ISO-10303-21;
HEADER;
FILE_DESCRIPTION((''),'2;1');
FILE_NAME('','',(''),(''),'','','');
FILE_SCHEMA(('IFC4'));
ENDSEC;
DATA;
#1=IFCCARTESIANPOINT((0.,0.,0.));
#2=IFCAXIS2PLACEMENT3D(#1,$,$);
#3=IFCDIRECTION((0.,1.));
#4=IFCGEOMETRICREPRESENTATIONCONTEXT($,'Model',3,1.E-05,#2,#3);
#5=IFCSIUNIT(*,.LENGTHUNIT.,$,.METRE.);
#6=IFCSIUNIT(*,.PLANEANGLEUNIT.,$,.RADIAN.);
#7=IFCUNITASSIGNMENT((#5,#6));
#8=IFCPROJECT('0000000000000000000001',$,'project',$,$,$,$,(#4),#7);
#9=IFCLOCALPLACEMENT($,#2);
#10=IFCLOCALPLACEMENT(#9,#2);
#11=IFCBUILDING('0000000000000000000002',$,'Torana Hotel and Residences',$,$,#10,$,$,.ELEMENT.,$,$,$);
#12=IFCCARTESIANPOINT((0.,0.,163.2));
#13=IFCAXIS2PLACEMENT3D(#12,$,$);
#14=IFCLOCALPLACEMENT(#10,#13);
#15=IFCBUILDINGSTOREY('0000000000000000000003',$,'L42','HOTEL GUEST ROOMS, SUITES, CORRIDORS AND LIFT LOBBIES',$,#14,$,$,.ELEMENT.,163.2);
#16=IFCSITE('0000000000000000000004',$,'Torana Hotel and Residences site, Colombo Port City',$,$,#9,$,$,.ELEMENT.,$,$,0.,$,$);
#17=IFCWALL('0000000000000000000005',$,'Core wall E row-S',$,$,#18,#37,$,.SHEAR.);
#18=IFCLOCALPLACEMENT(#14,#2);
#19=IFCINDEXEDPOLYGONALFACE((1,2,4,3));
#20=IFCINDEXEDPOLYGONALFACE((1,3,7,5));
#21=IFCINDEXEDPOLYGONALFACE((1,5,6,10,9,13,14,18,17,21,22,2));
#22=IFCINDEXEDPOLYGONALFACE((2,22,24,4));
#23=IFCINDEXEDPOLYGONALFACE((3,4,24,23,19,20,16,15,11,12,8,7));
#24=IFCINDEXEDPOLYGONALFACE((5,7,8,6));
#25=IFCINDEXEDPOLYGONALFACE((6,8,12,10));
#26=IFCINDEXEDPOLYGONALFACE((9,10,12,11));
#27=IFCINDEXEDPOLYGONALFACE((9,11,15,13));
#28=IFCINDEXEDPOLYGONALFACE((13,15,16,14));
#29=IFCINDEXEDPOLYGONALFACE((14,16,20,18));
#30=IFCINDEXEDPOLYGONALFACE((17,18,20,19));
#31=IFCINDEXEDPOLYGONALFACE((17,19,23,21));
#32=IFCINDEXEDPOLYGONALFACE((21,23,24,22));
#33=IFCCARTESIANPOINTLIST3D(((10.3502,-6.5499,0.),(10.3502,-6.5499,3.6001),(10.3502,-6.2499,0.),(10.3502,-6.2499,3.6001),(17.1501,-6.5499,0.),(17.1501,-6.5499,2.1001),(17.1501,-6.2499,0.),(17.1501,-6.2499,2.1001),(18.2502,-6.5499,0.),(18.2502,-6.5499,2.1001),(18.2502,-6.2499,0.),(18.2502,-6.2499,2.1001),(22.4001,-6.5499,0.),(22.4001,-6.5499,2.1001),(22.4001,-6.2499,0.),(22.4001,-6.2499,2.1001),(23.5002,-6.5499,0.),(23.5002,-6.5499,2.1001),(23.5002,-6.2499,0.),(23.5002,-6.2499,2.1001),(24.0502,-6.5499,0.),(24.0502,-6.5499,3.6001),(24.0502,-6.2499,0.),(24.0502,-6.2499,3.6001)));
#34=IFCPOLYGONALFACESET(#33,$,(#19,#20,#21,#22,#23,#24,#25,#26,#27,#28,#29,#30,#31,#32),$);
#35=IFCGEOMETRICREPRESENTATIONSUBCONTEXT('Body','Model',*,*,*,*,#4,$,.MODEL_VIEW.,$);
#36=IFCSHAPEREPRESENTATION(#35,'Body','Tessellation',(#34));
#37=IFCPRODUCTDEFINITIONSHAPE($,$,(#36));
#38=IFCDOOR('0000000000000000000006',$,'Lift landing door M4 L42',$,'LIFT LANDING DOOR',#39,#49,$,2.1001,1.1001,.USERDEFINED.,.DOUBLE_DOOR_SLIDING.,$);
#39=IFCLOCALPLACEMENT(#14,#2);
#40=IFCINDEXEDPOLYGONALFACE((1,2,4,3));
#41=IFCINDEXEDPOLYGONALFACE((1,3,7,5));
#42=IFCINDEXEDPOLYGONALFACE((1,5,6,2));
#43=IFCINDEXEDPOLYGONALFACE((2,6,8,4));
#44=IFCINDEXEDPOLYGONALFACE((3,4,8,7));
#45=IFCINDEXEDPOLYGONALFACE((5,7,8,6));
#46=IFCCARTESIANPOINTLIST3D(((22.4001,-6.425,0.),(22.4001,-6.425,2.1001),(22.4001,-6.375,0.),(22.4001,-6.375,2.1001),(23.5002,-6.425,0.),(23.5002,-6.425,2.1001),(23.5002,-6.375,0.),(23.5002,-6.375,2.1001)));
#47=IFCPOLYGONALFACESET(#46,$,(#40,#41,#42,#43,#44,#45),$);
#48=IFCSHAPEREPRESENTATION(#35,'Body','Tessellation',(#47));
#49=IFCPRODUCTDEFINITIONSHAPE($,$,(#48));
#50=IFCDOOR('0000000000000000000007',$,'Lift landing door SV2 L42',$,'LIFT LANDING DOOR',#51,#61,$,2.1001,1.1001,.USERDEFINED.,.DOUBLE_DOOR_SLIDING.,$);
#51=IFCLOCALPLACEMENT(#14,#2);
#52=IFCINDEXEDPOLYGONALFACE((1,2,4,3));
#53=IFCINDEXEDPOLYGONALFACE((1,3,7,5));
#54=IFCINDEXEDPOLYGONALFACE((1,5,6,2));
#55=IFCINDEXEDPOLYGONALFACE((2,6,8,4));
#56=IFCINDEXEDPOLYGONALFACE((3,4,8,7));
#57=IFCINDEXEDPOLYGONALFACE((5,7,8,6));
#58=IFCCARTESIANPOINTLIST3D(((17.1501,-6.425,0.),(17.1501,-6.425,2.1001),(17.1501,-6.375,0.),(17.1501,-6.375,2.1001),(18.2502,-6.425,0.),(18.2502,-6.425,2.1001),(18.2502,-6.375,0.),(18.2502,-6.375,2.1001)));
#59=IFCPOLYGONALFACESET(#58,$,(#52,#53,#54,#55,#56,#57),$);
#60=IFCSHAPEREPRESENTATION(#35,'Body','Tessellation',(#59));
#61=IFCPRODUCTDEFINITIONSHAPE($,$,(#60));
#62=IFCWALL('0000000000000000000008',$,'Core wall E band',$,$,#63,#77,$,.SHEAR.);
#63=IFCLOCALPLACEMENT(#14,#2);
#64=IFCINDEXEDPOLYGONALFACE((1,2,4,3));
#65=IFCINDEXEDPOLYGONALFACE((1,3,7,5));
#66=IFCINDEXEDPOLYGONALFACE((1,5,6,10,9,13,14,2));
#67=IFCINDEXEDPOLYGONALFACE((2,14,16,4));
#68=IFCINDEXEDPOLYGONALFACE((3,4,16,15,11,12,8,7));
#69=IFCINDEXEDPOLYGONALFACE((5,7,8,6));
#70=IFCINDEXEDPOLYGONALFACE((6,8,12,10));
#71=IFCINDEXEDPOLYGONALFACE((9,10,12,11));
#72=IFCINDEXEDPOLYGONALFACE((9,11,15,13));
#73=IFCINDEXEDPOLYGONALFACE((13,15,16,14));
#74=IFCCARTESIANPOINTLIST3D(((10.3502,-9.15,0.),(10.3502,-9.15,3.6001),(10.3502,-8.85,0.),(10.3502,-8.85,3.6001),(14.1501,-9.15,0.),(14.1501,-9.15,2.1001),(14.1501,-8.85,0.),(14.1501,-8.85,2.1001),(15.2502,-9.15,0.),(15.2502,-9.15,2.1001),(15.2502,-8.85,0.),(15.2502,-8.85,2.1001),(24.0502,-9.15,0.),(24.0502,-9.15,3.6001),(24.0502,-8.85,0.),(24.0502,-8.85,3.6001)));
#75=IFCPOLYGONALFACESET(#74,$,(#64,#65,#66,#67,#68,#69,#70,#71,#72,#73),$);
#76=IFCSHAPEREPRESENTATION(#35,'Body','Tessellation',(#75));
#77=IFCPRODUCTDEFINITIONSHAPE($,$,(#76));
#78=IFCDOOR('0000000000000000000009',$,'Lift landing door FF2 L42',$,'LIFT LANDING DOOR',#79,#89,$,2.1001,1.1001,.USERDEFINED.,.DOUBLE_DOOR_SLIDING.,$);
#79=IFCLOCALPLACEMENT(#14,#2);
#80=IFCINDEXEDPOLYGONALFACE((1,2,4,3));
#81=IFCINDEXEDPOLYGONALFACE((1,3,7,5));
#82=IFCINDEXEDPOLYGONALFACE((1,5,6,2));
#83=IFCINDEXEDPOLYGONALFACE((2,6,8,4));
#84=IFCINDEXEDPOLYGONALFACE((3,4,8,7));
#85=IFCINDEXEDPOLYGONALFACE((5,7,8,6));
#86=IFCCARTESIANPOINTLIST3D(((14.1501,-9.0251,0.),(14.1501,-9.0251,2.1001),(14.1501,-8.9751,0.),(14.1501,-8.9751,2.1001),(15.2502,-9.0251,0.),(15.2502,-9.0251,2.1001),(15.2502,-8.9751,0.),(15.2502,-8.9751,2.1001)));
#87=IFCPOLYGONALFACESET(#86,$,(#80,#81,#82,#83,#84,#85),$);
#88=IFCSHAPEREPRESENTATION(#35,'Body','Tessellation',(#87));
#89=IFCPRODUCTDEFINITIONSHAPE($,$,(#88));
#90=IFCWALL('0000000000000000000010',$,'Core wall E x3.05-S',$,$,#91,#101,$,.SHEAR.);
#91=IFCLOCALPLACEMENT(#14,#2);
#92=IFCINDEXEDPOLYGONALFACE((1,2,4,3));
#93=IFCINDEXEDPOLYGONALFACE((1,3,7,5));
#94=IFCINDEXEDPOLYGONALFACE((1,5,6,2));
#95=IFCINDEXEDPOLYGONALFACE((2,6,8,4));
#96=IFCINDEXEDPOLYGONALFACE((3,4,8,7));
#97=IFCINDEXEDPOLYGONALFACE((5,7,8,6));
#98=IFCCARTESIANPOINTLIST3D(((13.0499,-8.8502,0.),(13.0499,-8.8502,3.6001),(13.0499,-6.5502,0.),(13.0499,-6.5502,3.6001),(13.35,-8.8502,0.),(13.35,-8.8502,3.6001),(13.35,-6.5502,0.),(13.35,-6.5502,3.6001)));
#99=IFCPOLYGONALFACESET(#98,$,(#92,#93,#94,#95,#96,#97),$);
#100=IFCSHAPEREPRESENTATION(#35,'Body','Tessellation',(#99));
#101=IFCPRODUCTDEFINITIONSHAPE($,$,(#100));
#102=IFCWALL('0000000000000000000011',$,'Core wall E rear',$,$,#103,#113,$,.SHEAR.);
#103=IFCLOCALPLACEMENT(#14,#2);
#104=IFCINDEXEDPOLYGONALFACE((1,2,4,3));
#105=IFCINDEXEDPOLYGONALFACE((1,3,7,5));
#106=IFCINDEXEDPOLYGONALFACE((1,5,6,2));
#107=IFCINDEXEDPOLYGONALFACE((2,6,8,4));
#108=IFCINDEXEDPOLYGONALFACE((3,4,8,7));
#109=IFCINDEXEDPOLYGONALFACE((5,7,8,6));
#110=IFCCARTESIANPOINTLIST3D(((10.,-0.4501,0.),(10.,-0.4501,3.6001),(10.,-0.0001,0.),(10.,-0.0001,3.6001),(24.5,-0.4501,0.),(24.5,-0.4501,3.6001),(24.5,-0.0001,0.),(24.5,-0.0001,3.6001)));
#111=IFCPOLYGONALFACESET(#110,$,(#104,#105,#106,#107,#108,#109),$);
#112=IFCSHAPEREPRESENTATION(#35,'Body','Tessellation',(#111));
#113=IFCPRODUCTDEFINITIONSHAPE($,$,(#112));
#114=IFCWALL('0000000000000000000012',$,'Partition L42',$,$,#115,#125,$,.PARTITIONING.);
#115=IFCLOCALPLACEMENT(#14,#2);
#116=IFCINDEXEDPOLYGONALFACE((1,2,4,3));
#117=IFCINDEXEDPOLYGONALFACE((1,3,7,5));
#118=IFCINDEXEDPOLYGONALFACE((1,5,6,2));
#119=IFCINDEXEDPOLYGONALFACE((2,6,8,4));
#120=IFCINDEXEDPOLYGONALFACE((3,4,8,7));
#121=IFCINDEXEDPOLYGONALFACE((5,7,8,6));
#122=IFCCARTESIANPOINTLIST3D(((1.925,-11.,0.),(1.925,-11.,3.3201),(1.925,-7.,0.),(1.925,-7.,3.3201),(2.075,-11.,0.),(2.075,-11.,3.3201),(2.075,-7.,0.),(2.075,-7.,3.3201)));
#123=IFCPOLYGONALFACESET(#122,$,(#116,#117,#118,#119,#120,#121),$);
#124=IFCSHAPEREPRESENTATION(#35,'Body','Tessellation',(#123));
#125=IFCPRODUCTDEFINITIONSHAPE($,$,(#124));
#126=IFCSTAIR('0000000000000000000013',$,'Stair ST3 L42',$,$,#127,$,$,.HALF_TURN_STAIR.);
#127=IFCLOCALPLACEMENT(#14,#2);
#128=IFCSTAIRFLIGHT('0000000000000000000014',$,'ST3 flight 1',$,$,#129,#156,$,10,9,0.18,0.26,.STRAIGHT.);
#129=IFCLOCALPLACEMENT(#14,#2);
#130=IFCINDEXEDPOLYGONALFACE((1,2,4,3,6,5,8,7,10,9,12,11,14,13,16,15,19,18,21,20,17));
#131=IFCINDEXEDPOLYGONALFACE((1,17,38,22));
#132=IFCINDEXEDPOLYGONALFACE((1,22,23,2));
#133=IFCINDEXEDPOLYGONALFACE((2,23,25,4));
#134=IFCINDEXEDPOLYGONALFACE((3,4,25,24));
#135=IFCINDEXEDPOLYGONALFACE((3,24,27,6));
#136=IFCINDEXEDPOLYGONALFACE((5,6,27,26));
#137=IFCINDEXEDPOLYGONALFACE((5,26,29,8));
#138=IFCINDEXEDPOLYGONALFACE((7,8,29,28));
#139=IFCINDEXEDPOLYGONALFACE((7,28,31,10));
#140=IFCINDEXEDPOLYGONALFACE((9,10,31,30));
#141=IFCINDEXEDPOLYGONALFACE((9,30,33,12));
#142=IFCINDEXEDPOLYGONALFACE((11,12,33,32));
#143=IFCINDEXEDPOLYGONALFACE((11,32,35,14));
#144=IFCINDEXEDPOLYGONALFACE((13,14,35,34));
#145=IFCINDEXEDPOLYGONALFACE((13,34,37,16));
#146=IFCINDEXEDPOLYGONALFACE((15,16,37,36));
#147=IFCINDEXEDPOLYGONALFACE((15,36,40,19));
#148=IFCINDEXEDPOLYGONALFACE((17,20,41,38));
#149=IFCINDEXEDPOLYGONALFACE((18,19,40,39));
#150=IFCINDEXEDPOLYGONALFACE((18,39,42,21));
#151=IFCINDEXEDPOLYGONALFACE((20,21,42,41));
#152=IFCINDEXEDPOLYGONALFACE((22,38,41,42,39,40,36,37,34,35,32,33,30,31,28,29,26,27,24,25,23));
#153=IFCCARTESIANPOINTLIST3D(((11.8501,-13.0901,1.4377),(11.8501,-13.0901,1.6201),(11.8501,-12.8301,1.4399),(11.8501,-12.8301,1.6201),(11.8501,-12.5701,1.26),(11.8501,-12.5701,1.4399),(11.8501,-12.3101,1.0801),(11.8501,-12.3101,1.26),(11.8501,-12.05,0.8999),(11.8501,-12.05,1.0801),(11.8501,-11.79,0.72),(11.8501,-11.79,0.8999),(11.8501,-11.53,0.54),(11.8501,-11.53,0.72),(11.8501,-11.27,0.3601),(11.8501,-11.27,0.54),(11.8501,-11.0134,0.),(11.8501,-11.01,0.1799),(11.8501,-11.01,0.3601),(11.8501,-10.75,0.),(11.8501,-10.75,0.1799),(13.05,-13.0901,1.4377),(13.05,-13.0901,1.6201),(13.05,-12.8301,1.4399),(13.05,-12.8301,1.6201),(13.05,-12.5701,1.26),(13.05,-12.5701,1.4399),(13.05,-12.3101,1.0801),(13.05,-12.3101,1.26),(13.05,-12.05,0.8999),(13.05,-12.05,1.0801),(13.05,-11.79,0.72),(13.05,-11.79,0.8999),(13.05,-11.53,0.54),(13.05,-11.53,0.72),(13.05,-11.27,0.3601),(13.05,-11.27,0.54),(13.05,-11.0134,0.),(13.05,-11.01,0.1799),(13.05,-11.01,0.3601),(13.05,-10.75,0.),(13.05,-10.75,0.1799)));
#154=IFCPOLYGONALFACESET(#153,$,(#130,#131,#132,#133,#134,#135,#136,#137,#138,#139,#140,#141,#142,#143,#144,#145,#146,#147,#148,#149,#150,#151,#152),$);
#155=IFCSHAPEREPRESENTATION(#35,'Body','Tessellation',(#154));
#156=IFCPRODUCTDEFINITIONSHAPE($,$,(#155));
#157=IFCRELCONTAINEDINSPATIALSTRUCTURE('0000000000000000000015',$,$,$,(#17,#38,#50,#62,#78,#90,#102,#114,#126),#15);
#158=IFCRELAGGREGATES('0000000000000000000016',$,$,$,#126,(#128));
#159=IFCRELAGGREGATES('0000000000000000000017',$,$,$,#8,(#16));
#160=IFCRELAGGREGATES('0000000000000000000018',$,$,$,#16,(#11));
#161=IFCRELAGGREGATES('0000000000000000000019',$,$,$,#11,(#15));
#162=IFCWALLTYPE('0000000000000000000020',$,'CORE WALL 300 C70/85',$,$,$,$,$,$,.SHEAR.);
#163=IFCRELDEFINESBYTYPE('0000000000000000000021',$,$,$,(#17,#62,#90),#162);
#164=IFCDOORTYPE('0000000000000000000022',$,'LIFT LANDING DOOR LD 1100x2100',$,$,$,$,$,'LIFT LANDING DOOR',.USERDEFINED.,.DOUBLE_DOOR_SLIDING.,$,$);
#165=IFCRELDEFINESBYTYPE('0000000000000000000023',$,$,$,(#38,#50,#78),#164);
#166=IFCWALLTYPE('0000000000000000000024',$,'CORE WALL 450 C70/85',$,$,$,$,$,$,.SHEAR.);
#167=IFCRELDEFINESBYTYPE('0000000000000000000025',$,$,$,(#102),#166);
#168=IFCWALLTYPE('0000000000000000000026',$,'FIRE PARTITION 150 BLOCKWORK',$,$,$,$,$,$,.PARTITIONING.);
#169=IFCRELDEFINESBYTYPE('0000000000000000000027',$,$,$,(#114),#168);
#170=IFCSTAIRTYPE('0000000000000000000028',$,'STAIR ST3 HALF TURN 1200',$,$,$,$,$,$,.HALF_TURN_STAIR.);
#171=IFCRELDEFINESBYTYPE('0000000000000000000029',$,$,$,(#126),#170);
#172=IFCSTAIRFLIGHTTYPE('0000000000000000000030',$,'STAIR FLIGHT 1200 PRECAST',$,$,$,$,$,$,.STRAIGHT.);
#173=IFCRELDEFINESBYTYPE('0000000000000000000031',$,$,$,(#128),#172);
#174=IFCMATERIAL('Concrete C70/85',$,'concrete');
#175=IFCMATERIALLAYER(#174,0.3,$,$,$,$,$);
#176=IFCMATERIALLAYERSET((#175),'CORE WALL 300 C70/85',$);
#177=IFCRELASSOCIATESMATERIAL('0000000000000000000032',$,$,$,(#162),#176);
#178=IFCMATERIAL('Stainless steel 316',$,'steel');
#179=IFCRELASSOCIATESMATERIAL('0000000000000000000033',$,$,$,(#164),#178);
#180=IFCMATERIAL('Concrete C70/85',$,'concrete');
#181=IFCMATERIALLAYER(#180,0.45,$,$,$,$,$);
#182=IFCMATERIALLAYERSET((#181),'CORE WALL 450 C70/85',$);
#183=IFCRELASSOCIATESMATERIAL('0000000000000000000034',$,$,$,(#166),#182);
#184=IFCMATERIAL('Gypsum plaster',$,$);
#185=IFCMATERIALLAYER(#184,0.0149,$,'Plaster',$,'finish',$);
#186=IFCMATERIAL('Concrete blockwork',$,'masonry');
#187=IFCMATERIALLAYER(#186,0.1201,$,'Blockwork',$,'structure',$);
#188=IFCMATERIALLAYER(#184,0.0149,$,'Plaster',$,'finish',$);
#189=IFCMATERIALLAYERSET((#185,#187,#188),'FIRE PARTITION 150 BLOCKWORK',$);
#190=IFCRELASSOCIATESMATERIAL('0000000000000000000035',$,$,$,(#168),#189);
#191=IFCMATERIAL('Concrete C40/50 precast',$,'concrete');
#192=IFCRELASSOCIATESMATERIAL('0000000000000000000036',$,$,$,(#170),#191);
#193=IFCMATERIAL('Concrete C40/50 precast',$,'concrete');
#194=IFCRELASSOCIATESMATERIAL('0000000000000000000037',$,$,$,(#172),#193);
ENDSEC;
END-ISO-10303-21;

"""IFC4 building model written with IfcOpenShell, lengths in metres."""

from ifc_helpers import new_model, si_unit, direction, frame, frame_2d, origin, place, context, subcontext, project, spatial, polyline, rectangle, outline, extrude, material, layer, layer_set, type_object, element, fill, aggregate, save


model = new_model("IFC4")

# Units and contexts
model_context = context("Model", 3, precision=1e-05, world=origin(), true_north=direction((0.0, 1.0)))
body_context = subcontext(model_context, "Body", "Model", "MODEL_VIEW")
ifc_project = project(units=[si_unit("LENGTHUNIT", "METRE"), si_unit("PLANEANGLEUNIT", "RADIAN")], contexts=[model_context])

# Site, building, storey
site_placement = place(None, origin())
site = spatial("IfcSite", under=ifc_project, at=site_placement, Name="Torana Hotel and Residences site, Colombo Port City", CompositionType="ELEMENT", RefElevation=0.0)
building_placement = place(site_placement, origin())
building = spatial("IfcBuilding", under=site, at=building_placement, Name="Torana Hotel and Residences", CompositionType="ELEMENT")
storey_placement = place(building_placement, frame((0.0, 0.0, 163.2)))
storey = spatial("IfcBuildingStorey", under=building, at=storey_placement, Name="L42", Description="HOTEL GUEST ROOMS, SUITES, CORRIDORS AND LIFT LOBBIES", CompositionType="ELEMENT", Elevation=163.2)

# Wall, openings, doors
ifc_material_1 = material(Name="Concrete C70/85", Category="concrete")
ifc_layer_1 = layer(ifc_material_1, 0.3)
ifc_layer_set_1 = layer_set([ifc_layer_1], Name="CORE WALL 300 C70/85")
wall_type_1 = type_object("IfcWallType", Name="CORE WALL 300 C70/85", PredefinedType="SHEAR", material=ifc_layer_set_1)
ifc_material_2 = material(Name="Stainless steel 316", Category="steel")
door_type_1 = type_object("IfcDoorType", Name="LIFT LANDING DOOR LD 1100x2100", ElementType="LIFT LANDING DOOR", OperationType="DOUBLE_DOOR_SLIDING", PredefinedType="USERDEFINED", material=ifc_material_2)
wall_1_placement = place(storey_placement, frame((10.3501, -6.3999, 0.0), z_axis=(0.0, 0.0, 1.0), x_axis=(1.0, 0.0, 0.0)))
wall_1 = element("IfcWall", 1, at=wall_1_placement, inside=storey, type_object=wall_type_1, Name="Core wall E row-S", PredefinedType="SHEAR", context=body_context, shape_type="SweptSolid", body=[
    extrude(rectangle(XDim=13.7, YDim=0.3, at=frame_2d((6.8501, 0.0))), origin(), (0.0, 0.0, 1.0), 3.6001),
])
opening_1_placement = place(wall_1_placement, frame((12.05, 0.0, 0.0)))
opening_1 = element("IfcOpeningElement", 2, at=opening_1_placement, cuts=wall_1, PredefinedType="OPENING", context=body_context, shape_type="SweptSolid", body=[
    extrude(rectangle(XDim=1.1001, YDim=2.1001, at=frame_2d((0.55, 1.05))), frame((0.0, 0.1599, 0.0), z_axis=(0.0, -1.0, 0.0), x_axis=(1.0, 0.0, 0.0)), (0.0, 0.0, 1.0), 0.3201),
])
opening_2_placement = place(wall_1_placement, frame((6.8, 0.0, 0.0)))
opening_2 = element("IfcOpeningElement", 3, at=opening_2_placement, cuts=wall_1, PredefinedType="OPENING", context=body_context, shape_type="SweptSolid", body=[
    extrude(rectangle(XDim=1.1001, YDim=2.1001, at=frame_2d((0.55, 1.05))), frame((0.0, 0.1599, 0.0), z_axis=(0.0, -1.0, 0.0), x_axis=(1.0, 0.0, 0.0)), (0.0, 0.0, 1.0), 0.3201),
])
door_1_placement = place(opening_1_placement, origin())
door_1 = element("IfcDoor", 4, at=door_1_placement, inside=storey, type_object=door_type_1, Name="Lift landing door M4 L42", ObjectType="LIFT LANDING DOOR", OperationType="DOUBLE_DOOR_SLIDING", OverallHeight=2.1001, OverallWidth=1.1001, PredefinedType="USERDEFINED", context=body_context, shape_type="SweptSolid", body=[
    extrude(rectangle(XDim=1.1001, YDim=2.1001, at=frame_2d((0.55, 1.05))), frame((0.0, 0.0249, 0.0), z_axis=(0.0, -1.0, 0.0), x_axis=(1.0, 0.0, 0.0)), (0.0, 0.0, 1.0), 0.05),
])
fill(opening_1, door_1)
door_2_placement = place(opening_2_placement, origin())
door_2 = element("IfcDoor", 5, at=door_2_placement, inside=storey, type_object=door_type_1, Name="Lift landing door SV2 L42", ObjectType="LIFT LANDING DOOR", OperationType="DOUBLE_DOOR_SLIDING", OverallHeight=2.1001, OverallWidth=1.1001, PredefinedType="USERDEFINED", context=body_context, shape_type="SweptSolid", body=[
    extrude(rectangle(XDim=1.1001, YDim=2.1001, at=frame_2d((0.55, 1.05))), frame((0.0, 0.0249, 0.0), z_axis=(0.0, -1.0, 0.0), x_axis=(1.0, 0.0, 0.0)), (0.0, 0.0, 1.0), 0.05),
])
fill(opening_2, door_2)

# Wall, opening, door
wall_2_placement = place(storey_placement, frame((10.3501, -9.0, 0.0), z_axis=(0.0, 0.0, 1.0), x_axis=(1.0, 0.0, 0.0)))
wall_2 = element("IfcWall", 6, at=wall_2_placement, inside=storey, type_object=wall_type_1, Name="Core wall E band", PredefinedType="SHEAR", context=body_context, shape_type="SweptSolid", body=[
    extrude(rectangle(XDim=13.7, YDim=0.3, at=frame_2d((6.8501, 0.0))), origin(), (0.0, 0.0, 1.0), 3.6001),
])
opening_3_placement = place(wall_2_placement, frame((3.8, 0.0, 0.0)))
opening_3 = element("IfcOpeningElement", 7, at=opening_3_placement, cuts=wall_2, PredefinedType="OPENING", context=body_context, shape_type="SweptSolid", body=[
    extrude(rectangle(XDim=1.1001, YDim=2.1001, at=frame_2d((0.55, 1.05))), frame((0.0, 0.1599, 0.0), z_axis=(0.0, -1.0, 0.0), x_axis=(1.0, 0.0, 0.0)), (0.0, 0.0, 1.0), 0.3201),
])
door_3_placement = place(opening_3_placement, origin())
door_3 = element("IfcDoor", 8, at=door_3_placement, inside=storey, type_object=door_type_1, Name="Lift landing door FF2 L42", ObjectType="LIFT LANDING DOOR", OperationType="DOUBLE_DOOR_SLIDING", OverallHeight=2.1001, OverallWidth=1.1001, PredefinedType="USERDEFINED", context=body_context, shape_type="SweptSolid", body=[
    extrude(rectangle(XDim=1.1001, YDim=2.1001, at=frame_2d((0.55, 1.05))), frame((0.0, 0.0249, 0.0), z_axis=(0.0, -1.0, 0.0), x_axis=(1.0, 0.0, 0.0)), (0.0, 0.0, 1.0), 0.05),
])
fill(opening_3, door_3)

# Walls
wall_3_placement = place(storey_placement, frame((13.2, -8.8501, 0.0), z_axis=(0.0, 0.0, 1.0), x_axis=(0.0, 1.0, 0.0)))
element("IfcWall", 9, at=wall_3_placement, inside=storey, type_object=wall_type_1, Name="Core wall E x3.05-S", PredefinedType="SHEAR", context=body_context, shape_type="SweptSolid", body=[
    extrude(rectangle(XDim=2.3, YDim=0.3, at=frame_2d((1.1499, 0.0))), origin(), (0.0, 0.0, 1.0), 3.6001),
])
ifc_material_3 = material(Name="Concrete C70/85", Category="concrete")
ifc_layer_2 = layer(ifc_material_3, 0.45)
ifc_layer_set_2 = layer_set([ifc_layer_2], Name="CORE WALL 450 C70/85")
wall_type_2 = type_object("IfcWallType", Name="CORE WALL 450 C70/85", PredefinedType="SHEAR", material=ifc_layer_set_2)
wall_4_placement = place(storey_placement, frame((10.0, -0.2251, 0.0), z_axis=(0.0, 0.0, 1.0), x_axis=(1.0, 0.0, 0.0)))
element("IfcWall", 10, at=wall_4_placement, inside=storey, type_object=wall_type_2, Name="Core wall E rear", PredefinedType="SHEAR", context=body_context, shape_type="SweptSolid", body=[
    extrude(rectangle(XDim=14.5, YDim=0.45, at=frame_2d((7.25, 0.0))), origin(), (0.0, 0.0, 1.0), 3.6001),
])
ifc_material_4 = material(Name="Gypsum plaster")
ifc_layer_3 = layer(ifc_material_4, 0.0149, Name="Plaster", Category="finish")
ifc_material_5 = material(Name="Concrete blockwork", Category="masonry")
ifc_layer_4 = layer(ifc_material_5, 0.1201, Name="Blockwork", Category="structure")
ifc_layer_5 = layer(ifc_material_4, 0.0149, Name="Plaster", Category="finish")
ifc_layer_set_3 = layer_set([ifc_layer_3, ifc_layer_4, ifc_layer_5], Name="FIRE PARTITION 150 BLOCKWORK")
wall_type_3 = type_object("IfcWallType", Name="FIRE PARTITION 150 BLOCKWORK", PredefinedType="PARTITIONING", material=ifc_layer_set_3)
wall_5_placement = place(storey_placement, frame((2.0, -11.0, 0.0), z_axis=(0.0, 0.0, 1.0), x_axis=(0.0, 1.0, 0.0)))
element("IfcWall", 11, at=wall_5_placement, inside=storey, type_object=wall_type_3, Name="Partition L42", PredefinedType="PARTITIONING", context=body_context, shape_type="SweptSolid", body=[
    extrude(rectangle(XDim=4.0, YDim=0.1499, at=frame_2d((2.0, 0.0))), origin(), (0.0, 0.0, 1.0), 3.3201),
])

# Stair, stair flight
ifc_material_6 = material(Name="Concrete C40/50 precast", Category="concrete")
stair_type = type_object("IfcStairType", Name="STAIR ST3 HALF TURN 1200", PredefinedType="HALF_TURN_STAIR", material=ifc_material_6)
stair_placement = place(storey_placement, origin())
stair = element("IfcStair", 12, at=stair_placement, inside=storey, type_object=stair_type, Name="Stair ST3 L42", PredefinedType="HALF_TURN_STAIR")
ifc_material_7 = material(Name="Concrete C40/50 precast", Category="concrete")
stair_flight_type = type_object("IfcStairFlightType", Name="STAIR FLIGHT 1200 PRECAST", PredefinedType="STRAIGHT", material=ifc_material_7)
stair_flight_1_placement = place(storey_placement, frame((12.45, -10.75, 0.0), z_axis=(0.0, 0.0, 1.0), x_axis=(0.0, -1.0, 0.0)))
stair_flight_1 = element("IfcStairFlight", 13, at=stair_flight_1_placement, type_object=stair_flight_type, Name="ST3 flight 1", NumberOfRisers=10, NumberOfTreads=9, PredefinedType="STRAIGHT", RiserHeight=0.18, TreadLength=0.26, context=body_context, shape_type="SweptSolid", body=[
    extrude(outline(polyline([(0.0, 0.0), (0.0, 0.1799), (0.26, 0.1799), (0.26, 0.3601), (0.52, 0.3601), (0.52, 0.54), (0.78, 0.54), (0.78, 0.72), (1.04, 0.72), (1.04, 0.8999), (1.3, 0.8999), (1.3, 1.0801), (1.5601, 1.0801), (1.5601, 1.26), (1.8201, 1.26), (1.8201, 1.4399), (2.0801, 1.4399), (2.0801, 1.6201), (2.3401, 1.6201), (2.3401, 1.8), (2.3401, 1.4377), (0.2634, 0.0), (0.0, 0.0)])), frame((0.0, 0.6001, 0.0), z_axis=(0.0, -1.0, 0.0), x_axis=(1.0, 0.0, 0.0)), (0.0, 0.0, 1.0), 1.2),
])
aggregate(stair, [stair_flight_1])

save(model, "model.ifc")
